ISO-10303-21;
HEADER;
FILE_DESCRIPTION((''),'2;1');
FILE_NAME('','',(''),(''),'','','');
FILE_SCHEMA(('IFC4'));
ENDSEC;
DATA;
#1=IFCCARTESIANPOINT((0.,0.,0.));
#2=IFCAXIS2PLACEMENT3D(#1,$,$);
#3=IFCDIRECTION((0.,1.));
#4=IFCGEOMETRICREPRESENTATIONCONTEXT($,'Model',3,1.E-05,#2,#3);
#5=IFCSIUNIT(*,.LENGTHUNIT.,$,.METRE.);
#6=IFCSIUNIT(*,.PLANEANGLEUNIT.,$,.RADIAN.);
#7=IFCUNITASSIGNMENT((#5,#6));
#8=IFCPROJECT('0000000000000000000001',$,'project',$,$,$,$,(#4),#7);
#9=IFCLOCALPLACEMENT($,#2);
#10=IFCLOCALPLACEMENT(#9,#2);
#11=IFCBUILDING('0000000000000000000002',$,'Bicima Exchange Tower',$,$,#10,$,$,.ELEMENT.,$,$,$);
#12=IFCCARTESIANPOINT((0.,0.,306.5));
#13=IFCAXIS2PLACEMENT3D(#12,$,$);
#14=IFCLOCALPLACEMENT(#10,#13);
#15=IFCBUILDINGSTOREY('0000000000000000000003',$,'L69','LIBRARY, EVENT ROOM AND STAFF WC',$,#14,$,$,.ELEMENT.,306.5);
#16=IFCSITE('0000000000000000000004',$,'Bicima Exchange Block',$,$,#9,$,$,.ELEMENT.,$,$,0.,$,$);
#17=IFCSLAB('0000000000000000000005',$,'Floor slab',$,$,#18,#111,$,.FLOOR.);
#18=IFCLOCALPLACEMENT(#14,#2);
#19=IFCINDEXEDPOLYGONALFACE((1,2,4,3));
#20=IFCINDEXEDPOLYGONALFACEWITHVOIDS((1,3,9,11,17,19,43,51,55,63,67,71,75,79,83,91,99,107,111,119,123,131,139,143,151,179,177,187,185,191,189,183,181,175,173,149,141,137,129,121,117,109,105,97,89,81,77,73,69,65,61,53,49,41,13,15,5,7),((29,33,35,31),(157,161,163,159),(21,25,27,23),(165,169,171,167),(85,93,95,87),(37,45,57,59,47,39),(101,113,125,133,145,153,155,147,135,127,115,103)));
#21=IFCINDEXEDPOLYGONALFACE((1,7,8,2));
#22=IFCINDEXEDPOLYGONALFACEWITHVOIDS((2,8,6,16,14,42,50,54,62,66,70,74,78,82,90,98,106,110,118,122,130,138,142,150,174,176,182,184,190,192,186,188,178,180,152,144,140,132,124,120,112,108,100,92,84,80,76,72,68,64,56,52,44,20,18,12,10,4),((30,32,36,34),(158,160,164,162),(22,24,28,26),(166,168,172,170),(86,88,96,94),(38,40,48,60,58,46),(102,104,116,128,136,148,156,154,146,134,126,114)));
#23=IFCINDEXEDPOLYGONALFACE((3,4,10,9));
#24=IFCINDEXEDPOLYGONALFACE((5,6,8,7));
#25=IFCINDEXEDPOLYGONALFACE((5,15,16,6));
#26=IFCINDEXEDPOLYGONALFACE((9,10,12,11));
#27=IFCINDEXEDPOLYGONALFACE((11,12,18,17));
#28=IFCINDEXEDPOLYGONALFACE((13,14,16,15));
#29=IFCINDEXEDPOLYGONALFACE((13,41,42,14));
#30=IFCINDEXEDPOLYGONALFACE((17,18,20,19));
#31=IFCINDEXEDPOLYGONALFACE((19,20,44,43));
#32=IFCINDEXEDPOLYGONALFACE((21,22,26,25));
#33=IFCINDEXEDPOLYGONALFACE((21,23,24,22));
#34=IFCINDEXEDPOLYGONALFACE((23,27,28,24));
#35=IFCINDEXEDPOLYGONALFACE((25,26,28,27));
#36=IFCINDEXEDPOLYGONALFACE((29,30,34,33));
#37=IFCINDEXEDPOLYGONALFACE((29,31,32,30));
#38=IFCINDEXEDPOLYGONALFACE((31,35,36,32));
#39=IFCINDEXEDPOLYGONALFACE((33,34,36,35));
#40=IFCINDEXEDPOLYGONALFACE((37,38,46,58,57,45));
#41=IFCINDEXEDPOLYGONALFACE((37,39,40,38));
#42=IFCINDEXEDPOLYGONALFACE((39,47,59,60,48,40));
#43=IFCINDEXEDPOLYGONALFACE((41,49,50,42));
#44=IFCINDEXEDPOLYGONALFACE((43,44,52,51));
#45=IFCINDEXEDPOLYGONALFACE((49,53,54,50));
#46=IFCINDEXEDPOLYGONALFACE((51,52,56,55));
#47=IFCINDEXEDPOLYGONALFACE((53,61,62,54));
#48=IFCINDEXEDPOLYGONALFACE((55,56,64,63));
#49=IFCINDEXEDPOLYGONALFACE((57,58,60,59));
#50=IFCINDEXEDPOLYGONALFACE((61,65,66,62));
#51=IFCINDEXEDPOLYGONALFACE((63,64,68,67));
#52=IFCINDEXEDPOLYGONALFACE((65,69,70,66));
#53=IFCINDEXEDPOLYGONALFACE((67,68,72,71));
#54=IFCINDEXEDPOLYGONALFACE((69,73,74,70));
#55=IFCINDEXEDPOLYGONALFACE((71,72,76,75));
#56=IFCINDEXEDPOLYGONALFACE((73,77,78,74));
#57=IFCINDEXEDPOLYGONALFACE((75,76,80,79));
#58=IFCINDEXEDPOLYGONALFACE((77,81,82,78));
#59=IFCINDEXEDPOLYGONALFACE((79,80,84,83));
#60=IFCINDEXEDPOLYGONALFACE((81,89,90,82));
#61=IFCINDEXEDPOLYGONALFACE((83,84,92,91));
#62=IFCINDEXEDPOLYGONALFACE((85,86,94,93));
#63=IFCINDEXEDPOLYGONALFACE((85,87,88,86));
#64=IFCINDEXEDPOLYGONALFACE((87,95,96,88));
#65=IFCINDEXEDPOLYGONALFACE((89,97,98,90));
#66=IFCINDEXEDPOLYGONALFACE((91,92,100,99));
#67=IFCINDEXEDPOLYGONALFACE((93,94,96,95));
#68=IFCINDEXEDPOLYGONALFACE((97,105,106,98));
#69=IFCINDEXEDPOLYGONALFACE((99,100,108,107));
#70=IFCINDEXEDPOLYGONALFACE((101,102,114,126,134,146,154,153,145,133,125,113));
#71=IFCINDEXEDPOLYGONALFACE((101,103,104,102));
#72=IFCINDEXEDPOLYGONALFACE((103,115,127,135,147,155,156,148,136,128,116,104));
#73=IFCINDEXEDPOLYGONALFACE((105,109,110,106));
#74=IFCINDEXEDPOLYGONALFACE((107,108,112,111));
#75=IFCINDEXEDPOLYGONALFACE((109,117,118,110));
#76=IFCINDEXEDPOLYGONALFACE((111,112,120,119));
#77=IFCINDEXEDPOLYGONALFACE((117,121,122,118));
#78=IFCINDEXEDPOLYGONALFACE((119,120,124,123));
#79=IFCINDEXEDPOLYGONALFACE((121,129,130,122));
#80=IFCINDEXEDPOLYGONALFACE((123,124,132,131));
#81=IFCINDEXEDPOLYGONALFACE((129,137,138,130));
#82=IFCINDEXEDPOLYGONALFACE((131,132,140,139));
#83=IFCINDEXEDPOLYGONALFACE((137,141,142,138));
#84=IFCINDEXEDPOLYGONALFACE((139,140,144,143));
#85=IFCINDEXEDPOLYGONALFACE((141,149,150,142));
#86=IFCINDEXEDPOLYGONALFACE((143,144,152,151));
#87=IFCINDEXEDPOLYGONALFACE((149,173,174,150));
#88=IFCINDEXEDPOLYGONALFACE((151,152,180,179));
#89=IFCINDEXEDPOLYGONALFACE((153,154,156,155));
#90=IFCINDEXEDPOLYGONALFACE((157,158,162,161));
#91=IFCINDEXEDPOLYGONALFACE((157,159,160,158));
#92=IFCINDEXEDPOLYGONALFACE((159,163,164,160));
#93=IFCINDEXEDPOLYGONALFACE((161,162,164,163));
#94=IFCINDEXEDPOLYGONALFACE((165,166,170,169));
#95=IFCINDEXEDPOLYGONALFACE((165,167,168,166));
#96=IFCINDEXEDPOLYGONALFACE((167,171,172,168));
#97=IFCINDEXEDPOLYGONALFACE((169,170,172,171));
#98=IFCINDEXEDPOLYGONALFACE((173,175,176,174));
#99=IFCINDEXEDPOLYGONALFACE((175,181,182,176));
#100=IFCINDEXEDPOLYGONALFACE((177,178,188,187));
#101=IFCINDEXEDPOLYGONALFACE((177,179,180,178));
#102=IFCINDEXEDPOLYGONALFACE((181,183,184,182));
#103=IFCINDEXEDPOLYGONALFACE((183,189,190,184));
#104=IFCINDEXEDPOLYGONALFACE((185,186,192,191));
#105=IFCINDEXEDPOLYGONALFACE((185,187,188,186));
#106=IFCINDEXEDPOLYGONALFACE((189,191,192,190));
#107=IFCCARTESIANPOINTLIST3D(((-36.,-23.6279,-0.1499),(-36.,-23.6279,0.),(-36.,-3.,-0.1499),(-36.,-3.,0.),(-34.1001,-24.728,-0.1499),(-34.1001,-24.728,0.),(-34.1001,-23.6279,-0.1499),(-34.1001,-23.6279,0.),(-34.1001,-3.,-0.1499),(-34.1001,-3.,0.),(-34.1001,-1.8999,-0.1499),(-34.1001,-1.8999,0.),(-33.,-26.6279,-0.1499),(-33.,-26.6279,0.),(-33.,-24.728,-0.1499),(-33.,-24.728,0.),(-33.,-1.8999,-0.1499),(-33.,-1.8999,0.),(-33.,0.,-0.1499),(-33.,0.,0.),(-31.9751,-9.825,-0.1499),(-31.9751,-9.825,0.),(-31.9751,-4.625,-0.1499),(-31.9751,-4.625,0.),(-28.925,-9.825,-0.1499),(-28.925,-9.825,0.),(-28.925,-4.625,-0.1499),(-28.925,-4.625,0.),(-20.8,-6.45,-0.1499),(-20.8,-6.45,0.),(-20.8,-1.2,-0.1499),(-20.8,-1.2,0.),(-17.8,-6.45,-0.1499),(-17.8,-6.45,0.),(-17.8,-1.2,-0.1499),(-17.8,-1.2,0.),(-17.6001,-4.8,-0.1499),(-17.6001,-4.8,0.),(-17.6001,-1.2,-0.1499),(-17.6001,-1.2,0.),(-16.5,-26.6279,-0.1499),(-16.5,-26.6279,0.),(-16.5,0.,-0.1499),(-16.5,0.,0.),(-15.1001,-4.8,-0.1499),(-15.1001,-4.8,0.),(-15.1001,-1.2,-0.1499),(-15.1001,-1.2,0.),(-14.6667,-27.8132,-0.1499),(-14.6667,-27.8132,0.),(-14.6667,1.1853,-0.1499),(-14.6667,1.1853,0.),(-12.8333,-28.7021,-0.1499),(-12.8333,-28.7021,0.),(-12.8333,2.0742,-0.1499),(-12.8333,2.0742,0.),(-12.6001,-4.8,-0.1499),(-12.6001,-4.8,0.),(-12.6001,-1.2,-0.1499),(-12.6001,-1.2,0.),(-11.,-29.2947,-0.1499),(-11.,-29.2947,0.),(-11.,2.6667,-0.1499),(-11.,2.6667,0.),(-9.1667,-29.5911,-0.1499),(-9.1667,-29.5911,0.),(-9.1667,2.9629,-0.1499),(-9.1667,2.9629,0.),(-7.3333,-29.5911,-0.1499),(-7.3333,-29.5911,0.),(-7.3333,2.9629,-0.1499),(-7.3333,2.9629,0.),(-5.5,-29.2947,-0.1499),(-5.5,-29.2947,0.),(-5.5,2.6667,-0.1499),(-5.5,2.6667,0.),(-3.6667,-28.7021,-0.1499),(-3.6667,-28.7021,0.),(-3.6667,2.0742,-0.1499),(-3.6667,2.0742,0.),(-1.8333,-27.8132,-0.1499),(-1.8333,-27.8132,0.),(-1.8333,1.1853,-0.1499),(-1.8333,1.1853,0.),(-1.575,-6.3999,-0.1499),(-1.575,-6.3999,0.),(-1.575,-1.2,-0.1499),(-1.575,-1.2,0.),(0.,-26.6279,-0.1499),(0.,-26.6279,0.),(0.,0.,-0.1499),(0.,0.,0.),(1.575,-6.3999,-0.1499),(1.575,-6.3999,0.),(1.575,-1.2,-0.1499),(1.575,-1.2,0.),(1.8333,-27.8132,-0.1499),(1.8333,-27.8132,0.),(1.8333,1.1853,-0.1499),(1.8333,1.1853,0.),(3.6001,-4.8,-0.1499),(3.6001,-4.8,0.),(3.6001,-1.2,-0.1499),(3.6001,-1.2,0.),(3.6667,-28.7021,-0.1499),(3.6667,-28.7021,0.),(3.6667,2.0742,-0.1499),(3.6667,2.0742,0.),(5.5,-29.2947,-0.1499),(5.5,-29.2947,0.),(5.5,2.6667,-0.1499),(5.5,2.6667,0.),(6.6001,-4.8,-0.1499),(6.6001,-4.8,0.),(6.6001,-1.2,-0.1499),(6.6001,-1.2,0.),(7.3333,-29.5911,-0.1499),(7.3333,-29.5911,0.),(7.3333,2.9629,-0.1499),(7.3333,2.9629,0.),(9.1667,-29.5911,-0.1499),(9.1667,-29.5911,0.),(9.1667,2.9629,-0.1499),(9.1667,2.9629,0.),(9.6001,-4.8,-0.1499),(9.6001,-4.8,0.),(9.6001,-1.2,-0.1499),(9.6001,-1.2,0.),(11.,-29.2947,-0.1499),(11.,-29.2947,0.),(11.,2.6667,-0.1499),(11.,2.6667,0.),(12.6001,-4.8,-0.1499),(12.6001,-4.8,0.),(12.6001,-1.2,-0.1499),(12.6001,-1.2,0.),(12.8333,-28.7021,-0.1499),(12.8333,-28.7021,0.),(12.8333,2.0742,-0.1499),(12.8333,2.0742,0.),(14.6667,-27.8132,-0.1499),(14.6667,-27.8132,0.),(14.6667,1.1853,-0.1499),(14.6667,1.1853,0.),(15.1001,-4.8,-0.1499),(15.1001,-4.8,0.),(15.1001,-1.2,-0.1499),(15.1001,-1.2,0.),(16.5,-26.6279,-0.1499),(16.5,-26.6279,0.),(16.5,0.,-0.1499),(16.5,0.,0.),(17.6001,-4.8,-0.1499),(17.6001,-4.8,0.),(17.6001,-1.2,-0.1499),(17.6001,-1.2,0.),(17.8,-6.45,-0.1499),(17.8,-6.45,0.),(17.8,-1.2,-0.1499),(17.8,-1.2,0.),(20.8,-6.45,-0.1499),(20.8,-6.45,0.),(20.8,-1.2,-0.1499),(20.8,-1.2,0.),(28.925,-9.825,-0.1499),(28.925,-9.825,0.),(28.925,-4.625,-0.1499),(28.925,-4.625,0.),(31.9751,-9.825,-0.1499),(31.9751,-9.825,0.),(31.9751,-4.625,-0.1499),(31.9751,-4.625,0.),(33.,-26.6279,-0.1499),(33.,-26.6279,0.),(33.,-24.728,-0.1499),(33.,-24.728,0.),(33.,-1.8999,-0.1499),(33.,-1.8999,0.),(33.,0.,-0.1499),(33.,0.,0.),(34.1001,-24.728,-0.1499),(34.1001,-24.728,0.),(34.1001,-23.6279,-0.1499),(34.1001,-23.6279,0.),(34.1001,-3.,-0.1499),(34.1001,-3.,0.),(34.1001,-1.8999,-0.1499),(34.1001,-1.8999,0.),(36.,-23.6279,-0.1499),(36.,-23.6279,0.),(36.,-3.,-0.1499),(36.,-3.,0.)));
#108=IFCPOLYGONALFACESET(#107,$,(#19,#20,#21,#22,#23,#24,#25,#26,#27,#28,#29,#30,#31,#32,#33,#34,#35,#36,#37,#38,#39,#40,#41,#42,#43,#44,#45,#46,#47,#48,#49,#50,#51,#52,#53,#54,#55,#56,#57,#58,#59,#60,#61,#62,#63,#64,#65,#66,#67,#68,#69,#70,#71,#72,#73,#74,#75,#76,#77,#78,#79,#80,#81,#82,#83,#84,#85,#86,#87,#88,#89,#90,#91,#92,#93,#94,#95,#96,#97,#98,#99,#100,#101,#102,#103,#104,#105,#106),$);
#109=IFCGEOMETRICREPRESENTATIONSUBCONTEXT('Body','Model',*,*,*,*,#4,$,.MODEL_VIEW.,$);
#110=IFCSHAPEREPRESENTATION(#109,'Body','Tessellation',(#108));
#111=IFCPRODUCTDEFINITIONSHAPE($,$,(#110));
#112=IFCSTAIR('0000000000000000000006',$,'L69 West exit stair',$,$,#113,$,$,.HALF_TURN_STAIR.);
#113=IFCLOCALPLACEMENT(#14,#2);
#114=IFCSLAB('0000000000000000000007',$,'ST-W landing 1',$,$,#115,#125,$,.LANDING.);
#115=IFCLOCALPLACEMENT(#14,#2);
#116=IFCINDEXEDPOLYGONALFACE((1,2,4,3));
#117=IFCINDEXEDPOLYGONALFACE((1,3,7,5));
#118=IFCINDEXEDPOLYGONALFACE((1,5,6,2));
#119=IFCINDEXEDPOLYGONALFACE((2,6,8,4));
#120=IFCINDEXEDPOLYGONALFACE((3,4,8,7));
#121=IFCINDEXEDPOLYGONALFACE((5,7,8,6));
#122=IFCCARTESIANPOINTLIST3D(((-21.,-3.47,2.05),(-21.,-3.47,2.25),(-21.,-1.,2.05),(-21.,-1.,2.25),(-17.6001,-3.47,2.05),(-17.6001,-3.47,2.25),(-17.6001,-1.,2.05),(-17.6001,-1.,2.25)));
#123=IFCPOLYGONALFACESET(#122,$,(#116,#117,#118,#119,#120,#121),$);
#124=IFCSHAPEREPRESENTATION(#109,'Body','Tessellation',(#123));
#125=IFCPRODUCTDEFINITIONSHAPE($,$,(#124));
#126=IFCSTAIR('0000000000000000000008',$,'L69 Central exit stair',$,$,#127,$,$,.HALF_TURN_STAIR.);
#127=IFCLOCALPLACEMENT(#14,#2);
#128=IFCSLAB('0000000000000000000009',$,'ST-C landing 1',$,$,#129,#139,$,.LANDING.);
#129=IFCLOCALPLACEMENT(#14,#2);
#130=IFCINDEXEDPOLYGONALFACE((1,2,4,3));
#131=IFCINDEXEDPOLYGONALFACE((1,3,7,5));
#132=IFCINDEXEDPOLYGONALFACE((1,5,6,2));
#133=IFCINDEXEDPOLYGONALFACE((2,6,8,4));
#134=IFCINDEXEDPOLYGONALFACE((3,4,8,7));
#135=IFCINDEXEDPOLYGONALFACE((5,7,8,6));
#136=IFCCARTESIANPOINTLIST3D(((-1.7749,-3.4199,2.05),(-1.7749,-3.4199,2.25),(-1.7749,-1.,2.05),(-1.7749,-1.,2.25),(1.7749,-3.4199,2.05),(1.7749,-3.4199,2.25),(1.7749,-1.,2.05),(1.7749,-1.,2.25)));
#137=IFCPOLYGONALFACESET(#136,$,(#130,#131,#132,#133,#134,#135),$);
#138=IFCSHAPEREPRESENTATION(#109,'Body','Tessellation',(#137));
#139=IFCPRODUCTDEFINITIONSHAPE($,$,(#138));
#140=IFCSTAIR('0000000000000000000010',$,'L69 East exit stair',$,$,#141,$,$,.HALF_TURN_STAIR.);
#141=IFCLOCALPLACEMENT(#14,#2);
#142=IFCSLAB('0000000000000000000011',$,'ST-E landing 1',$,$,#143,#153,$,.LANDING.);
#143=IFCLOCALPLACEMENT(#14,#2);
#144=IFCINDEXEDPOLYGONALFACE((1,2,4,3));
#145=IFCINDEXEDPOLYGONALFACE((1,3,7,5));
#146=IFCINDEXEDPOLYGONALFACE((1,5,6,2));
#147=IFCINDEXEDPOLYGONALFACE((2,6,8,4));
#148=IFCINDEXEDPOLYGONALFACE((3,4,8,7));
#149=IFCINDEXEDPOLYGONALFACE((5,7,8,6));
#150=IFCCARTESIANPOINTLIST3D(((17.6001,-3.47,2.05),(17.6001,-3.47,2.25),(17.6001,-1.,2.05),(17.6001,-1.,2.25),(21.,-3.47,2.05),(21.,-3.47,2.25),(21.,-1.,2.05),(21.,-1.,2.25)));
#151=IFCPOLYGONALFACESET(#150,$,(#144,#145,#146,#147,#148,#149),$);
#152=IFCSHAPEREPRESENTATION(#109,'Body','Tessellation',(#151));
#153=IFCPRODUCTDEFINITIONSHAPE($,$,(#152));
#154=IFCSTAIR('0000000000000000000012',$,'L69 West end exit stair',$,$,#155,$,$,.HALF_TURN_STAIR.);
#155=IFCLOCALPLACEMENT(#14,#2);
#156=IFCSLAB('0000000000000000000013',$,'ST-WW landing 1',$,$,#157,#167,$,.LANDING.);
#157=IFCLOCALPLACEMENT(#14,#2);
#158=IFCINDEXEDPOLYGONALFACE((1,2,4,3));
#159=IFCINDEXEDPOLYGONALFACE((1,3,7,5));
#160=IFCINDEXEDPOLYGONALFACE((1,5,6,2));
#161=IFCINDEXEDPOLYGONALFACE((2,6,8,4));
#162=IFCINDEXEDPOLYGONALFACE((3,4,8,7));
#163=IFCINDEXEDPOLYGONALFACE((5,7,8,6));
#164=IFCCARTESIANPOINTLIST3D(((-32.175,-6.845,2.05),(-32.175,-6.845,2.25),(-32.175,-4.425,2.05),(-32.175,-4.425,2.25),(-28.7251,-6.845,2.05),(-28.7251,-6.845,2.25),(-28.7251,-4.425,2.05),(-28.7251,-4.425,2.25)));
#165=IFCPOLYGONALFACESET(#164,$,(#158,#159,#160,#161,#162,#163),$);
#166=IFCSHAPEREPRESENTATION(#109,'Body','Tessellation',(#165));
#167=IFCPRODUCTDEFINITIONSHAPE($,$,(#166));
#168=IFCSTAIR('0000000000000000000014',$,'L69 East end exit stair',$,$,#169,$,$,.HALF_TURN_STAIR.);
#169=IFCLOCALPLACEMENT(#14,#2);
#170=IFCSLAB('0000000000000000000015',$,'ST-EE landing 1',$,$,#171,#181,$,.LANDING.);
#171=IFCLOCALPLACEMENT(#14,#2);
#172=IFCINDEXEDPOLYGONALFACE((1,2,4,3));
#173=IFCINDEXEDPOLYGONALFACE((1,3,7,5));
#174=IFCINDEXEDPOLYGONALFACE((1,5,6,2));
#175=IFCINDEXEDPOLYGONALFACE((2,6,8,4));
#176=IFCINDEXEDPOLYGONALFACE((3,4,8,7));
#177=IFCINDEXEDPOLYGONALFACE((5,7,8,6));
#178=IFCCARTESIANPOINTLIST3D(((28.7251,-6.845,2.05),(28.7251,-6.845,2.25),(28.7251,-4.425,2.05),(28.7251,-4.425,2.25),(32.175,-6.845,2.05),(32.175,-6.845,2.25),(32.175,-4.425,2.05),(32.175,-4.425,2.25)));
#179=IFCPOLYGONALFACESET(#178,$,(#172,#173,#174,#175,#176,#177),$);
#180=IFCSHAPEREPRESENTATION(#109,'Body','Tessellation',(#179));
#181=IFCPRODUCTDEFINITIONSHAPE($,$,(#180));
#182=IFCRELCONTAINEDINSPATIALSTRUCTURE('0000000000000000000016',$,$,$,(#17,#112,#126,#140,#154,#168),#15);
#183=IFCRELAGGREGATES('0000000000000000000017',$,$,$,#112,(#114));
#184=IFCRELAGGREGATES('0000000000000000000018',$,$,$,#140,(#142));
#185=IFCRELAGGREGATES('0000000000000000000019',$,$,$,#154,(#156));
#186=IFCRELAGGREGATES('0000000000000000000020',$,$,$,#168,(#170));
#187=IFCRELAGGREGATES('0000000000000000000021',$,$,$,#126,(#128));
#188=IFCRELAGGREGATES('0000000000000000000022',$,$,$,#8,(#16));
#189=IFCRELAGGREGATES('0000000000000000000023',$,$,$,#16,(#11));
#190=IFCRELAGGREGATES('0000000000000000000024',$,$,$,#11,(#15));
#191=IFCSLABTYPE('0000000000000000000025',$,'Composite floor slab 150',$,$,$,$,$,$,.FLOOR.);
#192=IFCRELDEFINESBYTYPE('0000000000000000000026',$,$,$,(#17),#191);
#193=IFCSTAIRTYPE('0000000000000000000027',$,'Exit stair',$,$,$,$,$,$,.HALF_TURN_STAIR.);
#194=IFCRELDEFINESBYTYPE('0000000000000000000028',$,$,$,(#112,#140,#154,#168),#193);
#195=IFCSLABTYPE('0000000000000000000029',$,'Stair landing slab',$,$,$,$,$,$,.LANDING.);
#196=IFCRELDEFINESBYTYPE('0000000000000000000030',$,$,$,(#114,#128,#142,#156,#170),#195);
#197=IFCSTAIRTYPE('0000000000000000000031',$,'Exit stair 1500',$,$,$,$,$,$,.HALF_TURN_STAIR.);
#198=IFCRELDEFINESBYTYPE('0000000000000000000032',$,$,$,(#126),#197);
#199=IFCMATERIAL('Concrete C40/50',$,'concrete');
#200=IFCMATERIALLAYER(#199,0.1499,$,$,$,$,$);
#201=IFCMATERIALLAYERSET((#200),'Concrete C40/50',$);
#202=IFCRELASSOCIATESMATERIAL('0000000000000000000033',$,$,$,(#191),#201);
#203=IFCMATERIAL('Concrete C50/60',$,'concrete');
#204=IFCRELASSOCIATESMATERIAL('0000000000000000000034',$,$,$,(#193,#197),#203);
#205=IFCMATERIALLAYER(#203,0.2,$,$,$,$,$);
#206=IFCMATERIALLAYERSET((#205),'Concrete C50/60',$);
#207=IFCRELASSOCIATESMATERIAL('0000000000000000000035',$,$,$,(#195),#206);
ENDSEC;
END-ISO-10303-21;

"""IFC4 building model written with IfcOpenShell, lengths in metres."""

from ifc_helpers import new_model, si_unit, direction, frame, origin, place, context, subcontext, project, spatial, polyline, outline, extrude, material, layer, layer_set, type_object, element, aggregate, save


model = new_model("IFC4")

# Units and contexts
model_context = context("Model", 3, precision=1e-05, world=origin(), true_north=direction((0.0, 1.0)))
body_context = subcontext(model_context, "Body", "Model", "MODEL_VIEW")
ifc_project = project(units=[si_unit("LENGTHUNIT", "METRE"), si_unit("PLANEANGLEUNIT", "RADIAN")], contexts=[model_context])

# Site, building, storey
site_placement = place(None, origin())
site = spatial("IfcSite", under=ifc_project, at=site_placement, Name="Bicima Exchange Block", CompositionType="ELEMENT", RefElevation=0.0)
building_placement = place(site_placement, origin())
building = spatial("IfcBuilding", under=site, at=building_placement, Name="Bicima Exchange Tower", CompositionType="ELEMENT")
storey_placement = place(building_placement, frame((0.0, 0.0, 306.5)))
storey = spatial("IfcBuildingStorey", under=building, at=storey_placement, Name="L69", Description="LIBRARY, EVENT ROOM AND STAFF WC", CompositionType="ELEMENT", Elevation=306.5)

# Slab
ifc_material_1 = material(Name="Concrete C40/50", Category="concrete")
ifc_layer_1 = layer(ifc_material_1, 0.1499)
ifc_layer_set_1 = layer_set([ifc_layer_1], Name="Concrete C40/50")
slab_type_1 = type_object("IfcSlabType", Name="Composite floor slab 150", PredefinedType="FLOOR", material=ifc_layer_set_1)
slab_1_placement = place(storey_placement, frame((0.0, 0.0, -0.1499)))
element("IfcSlab", 1, at=slab_1_placement, inside=storey, type_object=slab_type_1, Name="Floor slab", PredefinedType="FLOOR", context=body_context, shape_type="SweptSolid", body=[
    extrude(outline(polyline([(-36.0, -23.6279), (-36.0, -3.0), (-34.1001, -3.0), (-34.1001, -1.8999), (-33.0, -1.8999), (-33.0, 0.0), (-16.5, 0.0), (-14.6667, 1.1853), (-12.8333, 2.0742), (-11.0, 2.6667), (-9.1667, 2.9629), (-7.3333, 2.9629), (-5.5, 2.6667), (-3.6667, 2.0742), (-1.8333, 1.1853), (0.0, 0.0), (1.8333, 1.1853), (3.6667, 2.0742), (5.5, 2.6667), (7.3333, 2.9629), (9.1667, 2.9629), (11.0, 2.6667), (12.8333, 2.0742), (14.6667, 1.1853), (16.5, 0.0), (33.0, 0.0), (33.0, -1.8999), (34.1001, -1.8999), (34.1001, -3.0), (36.0, -3.0), (36.0, -23.6279), (34.1001, -23.6279), (34.1001, -24.728), (33.0, -24.728), (33.0, -26.6279), (16.5, -26.6279), (14.6667, -27.8132), (12.8333, -28.7021), (11.0, -29.2947), (9.1667, -29.5911), (7.3333, -29.5911), (5.5, -29.2947), (3.6667, -28.7021), (1.8333, -27.8132), (0.0, -26.6279), (-1.8333, -27.8132), (-3.6667, -28.7021), (-5.5, -29.2947), (-7.3333, -29.5911), (-9.1667, -29.5911), (-11.0, -29.2947), (-12.8333, -28.7021), (-14.6667, -27.8132), (-16.5, -26.6279), (-33.0, -26.6279), (-33.0, -24.728), (-34.1001, -24.728), (-34.1001, -23.6279), (-36.0, -23.6279)]), holes=[polyline([(-28.925, -9.825), (-28.925, -4.625), (-31.9751, -4.625), (-31.9751, -9.825), (-28.925, -9.825)]), polyline([(-20.8, -6.45), (-17.8, -6.45), (-17.8, -1.2), (-20.8, -1.2), (-20.8, -6.45)]), polyline([(-1.575, -6.3999), (1.575, -6.3999), (1.575, -1.2), (-1.575, -1.2), (-1.575, -6.3999)]), polyline([(-12.6001, -1.2), (-15.1001, -1.2), (-17.6001, -1.2), (-17.6001, -4.8), (-15.1001, -4.8), (-12.6001, -4.8), (-12.6001, -1.2)]), polyline([(3.6001, -4.8), (6.6001, -4.8), (9.6001, -4.8), (12.6001, -4.8), (15.1001, -4.8), (17.6001, -4.8), (17.6001, -1.2), (15.1001, -1.2), (12.6001, -1.2), (9.6001, -1.2), (6.6001, -1.2), (3.6001, -1.2), (3.6001, -4.8)]), polyline([(31.9751, -9.825), (31.9751, -4.625), (28.925, -4.625), (28.925, -9.825), (31.9751, -9.825)]), polyline([(17.8, -6.45), (20.8, -6.45), (20.8, -1.2), (17.8, -1.2), (17.8, -6.45)])]), origin(), (0.0, 0.0, 1.0), 0.1499),
])

# Stairs, slabs
ifc_material_2 = material(Name="Concrete C50/60", Category="concrete")
stair_type_1 = type_object("IfcStairType", Name="Exit stair", PredefinedType="HALF_TURN_STAIR", material=ifc_material_2)
stair_1_placement = place(storey_placement, origin())
stair_1 = element("IfcStair", 2, at=stair_1_placement, inside=storey, type_object=stair_type_1, Name="L69 West exit stair", PredefinedType="HALF_TURN_STAIR")
ifc_layer_2 = layer(ifc_material_2, 0.2)
ifc_layer_set_2 = layer_set([ifc_layer_2], Name="Concrete C50/60")
slab_type_2 = type_object("IfcSlabType", Name="Stair landing slab", PredefinedType="LANDING", material=ifc_layer_set_2)
slab_2_placement = place(storey_placement, frame((0.0, 0.0, 2.05)))
slab_2 = element("IfcSlab", 3, at=slab_2_placement, type_object=slab_type_2, Name="ST-W landing 1", PredefinedType="LANDING", context=body_context, shape_type="SweptSolid", body=[
    extrude(outline(polyline([(-17.6001, -3.47), (-17.6001, -1.0), (-21.0, -1.0), (-21.0, -3.47), (-17.6001, -3.47)])), origin(), (0.0, 0.0, 1.0), 0.2),
])
aggregate(stair_1, [slab_2])
stair_type_2 = type_object("IfcStairType", Name="Exit stair 1500", PredefinedType="HALF_TURN_STAIR", material=ifc_material_2)
stair_2_placement = place(storey_placement, origin())
stair_2 = element("IfcStair", 4, at=stair_2_placement, inside=storey, type_object=stair_type_2, Name="L69 Central exit stair", PredefinedType="HALF_TURN_STAIR")
slab_3_placement = place(storey_placement, frame((0.0, 0.0, 2.05)))
slab_3 = element("IfcSlab", 5, at=slab_3_placement, type_object=slab_type_2, Name="ST-C landing 1", PredefinedType="LANDING", context=body_context, shape_type="SweptSolid", body=[
    extrude(outline(polyline([(1.7749, -3.4199), (1.7749, -1.0), (-1.7749, -1.0), (-1.7749, -3.4199), (1.7749, -3.4199)])), origin(), (0.0, 0.0, 1.0), 0.2),
])
stair_3_placement = place(storey_placement, origin())
stair_3 = element("IfcStair", 6, at=stair_3_placement, inside=storey, type_object=stair_type_1, Name="L69 East exit stair", PredefinedType="HALF_TURN_STAIR")
slab_4_placement = place(storey_placement, frame((0.0, 0.0, 2.05)))
slab_4 = element("IfcSlab", 7, at=slab_4_placement, type_object=slab_type_2, Name="ST-E landing 1", PredefinedType="LANDING", context=body_context, shape_type="SweptSolid", body=[
    extrude(outline(polyline([(21.0, -3.47), (21.0, -1.0), (17.6001, -1.0), (17.6001, -3.47), (21.0, -3.47)])), origin(), (0.0, 0.0, 1.0), 0.2),
])
aggregate(stair_3, [slab_4])
stair_4_placement = place(storey_placement, origin())
stair_4 = element("IfcStair", 8, at=stair_4_placement, inside=storey, type_object=stair_type_1, Name="L69 West end exit stair", PredefinedType="HALF_TURN_STAIR")
slab_5_placement = place(storey_placement, frame((0.0, 0.0, 2.05)))
slab_5 = element("IfcSlab", 9, at=slab_5_placement, type_object=slab_type_2, Name="ST-WW landing 1", PredefinedType="LANDING", context=body_context, shape_type="SweptSolid", body=[
    extrude(outline(polyline([(-28.7251, -6.845), (-28.7251, -4.425), (-32.175, -4.425), (-32.175, -6.845), (-28.7251, -6.845)])), origin(), (0.0, 0.0, 1.0), 0.2),
])
aggregate(stair_4, [slab_5])
stair_5_placement = place(storey_placement, origin())
stair_5 = element("IfcStair", 10, at=stair_5_placement, inside=storey, type_object=stair_type_1, Name="L69 East end exit stair", PredefinedType="HALF_TURN_STAIR")
slab_6_placement = place(storey_placement, frame((0.0, 0.0, 2.05)))
slab_6 = element("IfcSlab", 11, at=slab_6_placement, type_object=slab_type_2, Name="ST-EE landing 1", PredefinedType="LANDING", context=body_context, shape_type="SweptSolid", body=[
    extrude(outline(polyline([(32.175, -6.845), (32.175, -4.425), (28.7251, -4.425), (28.7251, -6.845), (32.175, -6.845)])), origin(), (0.0, 0.0, 1.0), 0.2),
])
aggregate(stair_5, [slab_6])

aggregate(stair_2, [slab_3])

save(model, "model.ifc")
